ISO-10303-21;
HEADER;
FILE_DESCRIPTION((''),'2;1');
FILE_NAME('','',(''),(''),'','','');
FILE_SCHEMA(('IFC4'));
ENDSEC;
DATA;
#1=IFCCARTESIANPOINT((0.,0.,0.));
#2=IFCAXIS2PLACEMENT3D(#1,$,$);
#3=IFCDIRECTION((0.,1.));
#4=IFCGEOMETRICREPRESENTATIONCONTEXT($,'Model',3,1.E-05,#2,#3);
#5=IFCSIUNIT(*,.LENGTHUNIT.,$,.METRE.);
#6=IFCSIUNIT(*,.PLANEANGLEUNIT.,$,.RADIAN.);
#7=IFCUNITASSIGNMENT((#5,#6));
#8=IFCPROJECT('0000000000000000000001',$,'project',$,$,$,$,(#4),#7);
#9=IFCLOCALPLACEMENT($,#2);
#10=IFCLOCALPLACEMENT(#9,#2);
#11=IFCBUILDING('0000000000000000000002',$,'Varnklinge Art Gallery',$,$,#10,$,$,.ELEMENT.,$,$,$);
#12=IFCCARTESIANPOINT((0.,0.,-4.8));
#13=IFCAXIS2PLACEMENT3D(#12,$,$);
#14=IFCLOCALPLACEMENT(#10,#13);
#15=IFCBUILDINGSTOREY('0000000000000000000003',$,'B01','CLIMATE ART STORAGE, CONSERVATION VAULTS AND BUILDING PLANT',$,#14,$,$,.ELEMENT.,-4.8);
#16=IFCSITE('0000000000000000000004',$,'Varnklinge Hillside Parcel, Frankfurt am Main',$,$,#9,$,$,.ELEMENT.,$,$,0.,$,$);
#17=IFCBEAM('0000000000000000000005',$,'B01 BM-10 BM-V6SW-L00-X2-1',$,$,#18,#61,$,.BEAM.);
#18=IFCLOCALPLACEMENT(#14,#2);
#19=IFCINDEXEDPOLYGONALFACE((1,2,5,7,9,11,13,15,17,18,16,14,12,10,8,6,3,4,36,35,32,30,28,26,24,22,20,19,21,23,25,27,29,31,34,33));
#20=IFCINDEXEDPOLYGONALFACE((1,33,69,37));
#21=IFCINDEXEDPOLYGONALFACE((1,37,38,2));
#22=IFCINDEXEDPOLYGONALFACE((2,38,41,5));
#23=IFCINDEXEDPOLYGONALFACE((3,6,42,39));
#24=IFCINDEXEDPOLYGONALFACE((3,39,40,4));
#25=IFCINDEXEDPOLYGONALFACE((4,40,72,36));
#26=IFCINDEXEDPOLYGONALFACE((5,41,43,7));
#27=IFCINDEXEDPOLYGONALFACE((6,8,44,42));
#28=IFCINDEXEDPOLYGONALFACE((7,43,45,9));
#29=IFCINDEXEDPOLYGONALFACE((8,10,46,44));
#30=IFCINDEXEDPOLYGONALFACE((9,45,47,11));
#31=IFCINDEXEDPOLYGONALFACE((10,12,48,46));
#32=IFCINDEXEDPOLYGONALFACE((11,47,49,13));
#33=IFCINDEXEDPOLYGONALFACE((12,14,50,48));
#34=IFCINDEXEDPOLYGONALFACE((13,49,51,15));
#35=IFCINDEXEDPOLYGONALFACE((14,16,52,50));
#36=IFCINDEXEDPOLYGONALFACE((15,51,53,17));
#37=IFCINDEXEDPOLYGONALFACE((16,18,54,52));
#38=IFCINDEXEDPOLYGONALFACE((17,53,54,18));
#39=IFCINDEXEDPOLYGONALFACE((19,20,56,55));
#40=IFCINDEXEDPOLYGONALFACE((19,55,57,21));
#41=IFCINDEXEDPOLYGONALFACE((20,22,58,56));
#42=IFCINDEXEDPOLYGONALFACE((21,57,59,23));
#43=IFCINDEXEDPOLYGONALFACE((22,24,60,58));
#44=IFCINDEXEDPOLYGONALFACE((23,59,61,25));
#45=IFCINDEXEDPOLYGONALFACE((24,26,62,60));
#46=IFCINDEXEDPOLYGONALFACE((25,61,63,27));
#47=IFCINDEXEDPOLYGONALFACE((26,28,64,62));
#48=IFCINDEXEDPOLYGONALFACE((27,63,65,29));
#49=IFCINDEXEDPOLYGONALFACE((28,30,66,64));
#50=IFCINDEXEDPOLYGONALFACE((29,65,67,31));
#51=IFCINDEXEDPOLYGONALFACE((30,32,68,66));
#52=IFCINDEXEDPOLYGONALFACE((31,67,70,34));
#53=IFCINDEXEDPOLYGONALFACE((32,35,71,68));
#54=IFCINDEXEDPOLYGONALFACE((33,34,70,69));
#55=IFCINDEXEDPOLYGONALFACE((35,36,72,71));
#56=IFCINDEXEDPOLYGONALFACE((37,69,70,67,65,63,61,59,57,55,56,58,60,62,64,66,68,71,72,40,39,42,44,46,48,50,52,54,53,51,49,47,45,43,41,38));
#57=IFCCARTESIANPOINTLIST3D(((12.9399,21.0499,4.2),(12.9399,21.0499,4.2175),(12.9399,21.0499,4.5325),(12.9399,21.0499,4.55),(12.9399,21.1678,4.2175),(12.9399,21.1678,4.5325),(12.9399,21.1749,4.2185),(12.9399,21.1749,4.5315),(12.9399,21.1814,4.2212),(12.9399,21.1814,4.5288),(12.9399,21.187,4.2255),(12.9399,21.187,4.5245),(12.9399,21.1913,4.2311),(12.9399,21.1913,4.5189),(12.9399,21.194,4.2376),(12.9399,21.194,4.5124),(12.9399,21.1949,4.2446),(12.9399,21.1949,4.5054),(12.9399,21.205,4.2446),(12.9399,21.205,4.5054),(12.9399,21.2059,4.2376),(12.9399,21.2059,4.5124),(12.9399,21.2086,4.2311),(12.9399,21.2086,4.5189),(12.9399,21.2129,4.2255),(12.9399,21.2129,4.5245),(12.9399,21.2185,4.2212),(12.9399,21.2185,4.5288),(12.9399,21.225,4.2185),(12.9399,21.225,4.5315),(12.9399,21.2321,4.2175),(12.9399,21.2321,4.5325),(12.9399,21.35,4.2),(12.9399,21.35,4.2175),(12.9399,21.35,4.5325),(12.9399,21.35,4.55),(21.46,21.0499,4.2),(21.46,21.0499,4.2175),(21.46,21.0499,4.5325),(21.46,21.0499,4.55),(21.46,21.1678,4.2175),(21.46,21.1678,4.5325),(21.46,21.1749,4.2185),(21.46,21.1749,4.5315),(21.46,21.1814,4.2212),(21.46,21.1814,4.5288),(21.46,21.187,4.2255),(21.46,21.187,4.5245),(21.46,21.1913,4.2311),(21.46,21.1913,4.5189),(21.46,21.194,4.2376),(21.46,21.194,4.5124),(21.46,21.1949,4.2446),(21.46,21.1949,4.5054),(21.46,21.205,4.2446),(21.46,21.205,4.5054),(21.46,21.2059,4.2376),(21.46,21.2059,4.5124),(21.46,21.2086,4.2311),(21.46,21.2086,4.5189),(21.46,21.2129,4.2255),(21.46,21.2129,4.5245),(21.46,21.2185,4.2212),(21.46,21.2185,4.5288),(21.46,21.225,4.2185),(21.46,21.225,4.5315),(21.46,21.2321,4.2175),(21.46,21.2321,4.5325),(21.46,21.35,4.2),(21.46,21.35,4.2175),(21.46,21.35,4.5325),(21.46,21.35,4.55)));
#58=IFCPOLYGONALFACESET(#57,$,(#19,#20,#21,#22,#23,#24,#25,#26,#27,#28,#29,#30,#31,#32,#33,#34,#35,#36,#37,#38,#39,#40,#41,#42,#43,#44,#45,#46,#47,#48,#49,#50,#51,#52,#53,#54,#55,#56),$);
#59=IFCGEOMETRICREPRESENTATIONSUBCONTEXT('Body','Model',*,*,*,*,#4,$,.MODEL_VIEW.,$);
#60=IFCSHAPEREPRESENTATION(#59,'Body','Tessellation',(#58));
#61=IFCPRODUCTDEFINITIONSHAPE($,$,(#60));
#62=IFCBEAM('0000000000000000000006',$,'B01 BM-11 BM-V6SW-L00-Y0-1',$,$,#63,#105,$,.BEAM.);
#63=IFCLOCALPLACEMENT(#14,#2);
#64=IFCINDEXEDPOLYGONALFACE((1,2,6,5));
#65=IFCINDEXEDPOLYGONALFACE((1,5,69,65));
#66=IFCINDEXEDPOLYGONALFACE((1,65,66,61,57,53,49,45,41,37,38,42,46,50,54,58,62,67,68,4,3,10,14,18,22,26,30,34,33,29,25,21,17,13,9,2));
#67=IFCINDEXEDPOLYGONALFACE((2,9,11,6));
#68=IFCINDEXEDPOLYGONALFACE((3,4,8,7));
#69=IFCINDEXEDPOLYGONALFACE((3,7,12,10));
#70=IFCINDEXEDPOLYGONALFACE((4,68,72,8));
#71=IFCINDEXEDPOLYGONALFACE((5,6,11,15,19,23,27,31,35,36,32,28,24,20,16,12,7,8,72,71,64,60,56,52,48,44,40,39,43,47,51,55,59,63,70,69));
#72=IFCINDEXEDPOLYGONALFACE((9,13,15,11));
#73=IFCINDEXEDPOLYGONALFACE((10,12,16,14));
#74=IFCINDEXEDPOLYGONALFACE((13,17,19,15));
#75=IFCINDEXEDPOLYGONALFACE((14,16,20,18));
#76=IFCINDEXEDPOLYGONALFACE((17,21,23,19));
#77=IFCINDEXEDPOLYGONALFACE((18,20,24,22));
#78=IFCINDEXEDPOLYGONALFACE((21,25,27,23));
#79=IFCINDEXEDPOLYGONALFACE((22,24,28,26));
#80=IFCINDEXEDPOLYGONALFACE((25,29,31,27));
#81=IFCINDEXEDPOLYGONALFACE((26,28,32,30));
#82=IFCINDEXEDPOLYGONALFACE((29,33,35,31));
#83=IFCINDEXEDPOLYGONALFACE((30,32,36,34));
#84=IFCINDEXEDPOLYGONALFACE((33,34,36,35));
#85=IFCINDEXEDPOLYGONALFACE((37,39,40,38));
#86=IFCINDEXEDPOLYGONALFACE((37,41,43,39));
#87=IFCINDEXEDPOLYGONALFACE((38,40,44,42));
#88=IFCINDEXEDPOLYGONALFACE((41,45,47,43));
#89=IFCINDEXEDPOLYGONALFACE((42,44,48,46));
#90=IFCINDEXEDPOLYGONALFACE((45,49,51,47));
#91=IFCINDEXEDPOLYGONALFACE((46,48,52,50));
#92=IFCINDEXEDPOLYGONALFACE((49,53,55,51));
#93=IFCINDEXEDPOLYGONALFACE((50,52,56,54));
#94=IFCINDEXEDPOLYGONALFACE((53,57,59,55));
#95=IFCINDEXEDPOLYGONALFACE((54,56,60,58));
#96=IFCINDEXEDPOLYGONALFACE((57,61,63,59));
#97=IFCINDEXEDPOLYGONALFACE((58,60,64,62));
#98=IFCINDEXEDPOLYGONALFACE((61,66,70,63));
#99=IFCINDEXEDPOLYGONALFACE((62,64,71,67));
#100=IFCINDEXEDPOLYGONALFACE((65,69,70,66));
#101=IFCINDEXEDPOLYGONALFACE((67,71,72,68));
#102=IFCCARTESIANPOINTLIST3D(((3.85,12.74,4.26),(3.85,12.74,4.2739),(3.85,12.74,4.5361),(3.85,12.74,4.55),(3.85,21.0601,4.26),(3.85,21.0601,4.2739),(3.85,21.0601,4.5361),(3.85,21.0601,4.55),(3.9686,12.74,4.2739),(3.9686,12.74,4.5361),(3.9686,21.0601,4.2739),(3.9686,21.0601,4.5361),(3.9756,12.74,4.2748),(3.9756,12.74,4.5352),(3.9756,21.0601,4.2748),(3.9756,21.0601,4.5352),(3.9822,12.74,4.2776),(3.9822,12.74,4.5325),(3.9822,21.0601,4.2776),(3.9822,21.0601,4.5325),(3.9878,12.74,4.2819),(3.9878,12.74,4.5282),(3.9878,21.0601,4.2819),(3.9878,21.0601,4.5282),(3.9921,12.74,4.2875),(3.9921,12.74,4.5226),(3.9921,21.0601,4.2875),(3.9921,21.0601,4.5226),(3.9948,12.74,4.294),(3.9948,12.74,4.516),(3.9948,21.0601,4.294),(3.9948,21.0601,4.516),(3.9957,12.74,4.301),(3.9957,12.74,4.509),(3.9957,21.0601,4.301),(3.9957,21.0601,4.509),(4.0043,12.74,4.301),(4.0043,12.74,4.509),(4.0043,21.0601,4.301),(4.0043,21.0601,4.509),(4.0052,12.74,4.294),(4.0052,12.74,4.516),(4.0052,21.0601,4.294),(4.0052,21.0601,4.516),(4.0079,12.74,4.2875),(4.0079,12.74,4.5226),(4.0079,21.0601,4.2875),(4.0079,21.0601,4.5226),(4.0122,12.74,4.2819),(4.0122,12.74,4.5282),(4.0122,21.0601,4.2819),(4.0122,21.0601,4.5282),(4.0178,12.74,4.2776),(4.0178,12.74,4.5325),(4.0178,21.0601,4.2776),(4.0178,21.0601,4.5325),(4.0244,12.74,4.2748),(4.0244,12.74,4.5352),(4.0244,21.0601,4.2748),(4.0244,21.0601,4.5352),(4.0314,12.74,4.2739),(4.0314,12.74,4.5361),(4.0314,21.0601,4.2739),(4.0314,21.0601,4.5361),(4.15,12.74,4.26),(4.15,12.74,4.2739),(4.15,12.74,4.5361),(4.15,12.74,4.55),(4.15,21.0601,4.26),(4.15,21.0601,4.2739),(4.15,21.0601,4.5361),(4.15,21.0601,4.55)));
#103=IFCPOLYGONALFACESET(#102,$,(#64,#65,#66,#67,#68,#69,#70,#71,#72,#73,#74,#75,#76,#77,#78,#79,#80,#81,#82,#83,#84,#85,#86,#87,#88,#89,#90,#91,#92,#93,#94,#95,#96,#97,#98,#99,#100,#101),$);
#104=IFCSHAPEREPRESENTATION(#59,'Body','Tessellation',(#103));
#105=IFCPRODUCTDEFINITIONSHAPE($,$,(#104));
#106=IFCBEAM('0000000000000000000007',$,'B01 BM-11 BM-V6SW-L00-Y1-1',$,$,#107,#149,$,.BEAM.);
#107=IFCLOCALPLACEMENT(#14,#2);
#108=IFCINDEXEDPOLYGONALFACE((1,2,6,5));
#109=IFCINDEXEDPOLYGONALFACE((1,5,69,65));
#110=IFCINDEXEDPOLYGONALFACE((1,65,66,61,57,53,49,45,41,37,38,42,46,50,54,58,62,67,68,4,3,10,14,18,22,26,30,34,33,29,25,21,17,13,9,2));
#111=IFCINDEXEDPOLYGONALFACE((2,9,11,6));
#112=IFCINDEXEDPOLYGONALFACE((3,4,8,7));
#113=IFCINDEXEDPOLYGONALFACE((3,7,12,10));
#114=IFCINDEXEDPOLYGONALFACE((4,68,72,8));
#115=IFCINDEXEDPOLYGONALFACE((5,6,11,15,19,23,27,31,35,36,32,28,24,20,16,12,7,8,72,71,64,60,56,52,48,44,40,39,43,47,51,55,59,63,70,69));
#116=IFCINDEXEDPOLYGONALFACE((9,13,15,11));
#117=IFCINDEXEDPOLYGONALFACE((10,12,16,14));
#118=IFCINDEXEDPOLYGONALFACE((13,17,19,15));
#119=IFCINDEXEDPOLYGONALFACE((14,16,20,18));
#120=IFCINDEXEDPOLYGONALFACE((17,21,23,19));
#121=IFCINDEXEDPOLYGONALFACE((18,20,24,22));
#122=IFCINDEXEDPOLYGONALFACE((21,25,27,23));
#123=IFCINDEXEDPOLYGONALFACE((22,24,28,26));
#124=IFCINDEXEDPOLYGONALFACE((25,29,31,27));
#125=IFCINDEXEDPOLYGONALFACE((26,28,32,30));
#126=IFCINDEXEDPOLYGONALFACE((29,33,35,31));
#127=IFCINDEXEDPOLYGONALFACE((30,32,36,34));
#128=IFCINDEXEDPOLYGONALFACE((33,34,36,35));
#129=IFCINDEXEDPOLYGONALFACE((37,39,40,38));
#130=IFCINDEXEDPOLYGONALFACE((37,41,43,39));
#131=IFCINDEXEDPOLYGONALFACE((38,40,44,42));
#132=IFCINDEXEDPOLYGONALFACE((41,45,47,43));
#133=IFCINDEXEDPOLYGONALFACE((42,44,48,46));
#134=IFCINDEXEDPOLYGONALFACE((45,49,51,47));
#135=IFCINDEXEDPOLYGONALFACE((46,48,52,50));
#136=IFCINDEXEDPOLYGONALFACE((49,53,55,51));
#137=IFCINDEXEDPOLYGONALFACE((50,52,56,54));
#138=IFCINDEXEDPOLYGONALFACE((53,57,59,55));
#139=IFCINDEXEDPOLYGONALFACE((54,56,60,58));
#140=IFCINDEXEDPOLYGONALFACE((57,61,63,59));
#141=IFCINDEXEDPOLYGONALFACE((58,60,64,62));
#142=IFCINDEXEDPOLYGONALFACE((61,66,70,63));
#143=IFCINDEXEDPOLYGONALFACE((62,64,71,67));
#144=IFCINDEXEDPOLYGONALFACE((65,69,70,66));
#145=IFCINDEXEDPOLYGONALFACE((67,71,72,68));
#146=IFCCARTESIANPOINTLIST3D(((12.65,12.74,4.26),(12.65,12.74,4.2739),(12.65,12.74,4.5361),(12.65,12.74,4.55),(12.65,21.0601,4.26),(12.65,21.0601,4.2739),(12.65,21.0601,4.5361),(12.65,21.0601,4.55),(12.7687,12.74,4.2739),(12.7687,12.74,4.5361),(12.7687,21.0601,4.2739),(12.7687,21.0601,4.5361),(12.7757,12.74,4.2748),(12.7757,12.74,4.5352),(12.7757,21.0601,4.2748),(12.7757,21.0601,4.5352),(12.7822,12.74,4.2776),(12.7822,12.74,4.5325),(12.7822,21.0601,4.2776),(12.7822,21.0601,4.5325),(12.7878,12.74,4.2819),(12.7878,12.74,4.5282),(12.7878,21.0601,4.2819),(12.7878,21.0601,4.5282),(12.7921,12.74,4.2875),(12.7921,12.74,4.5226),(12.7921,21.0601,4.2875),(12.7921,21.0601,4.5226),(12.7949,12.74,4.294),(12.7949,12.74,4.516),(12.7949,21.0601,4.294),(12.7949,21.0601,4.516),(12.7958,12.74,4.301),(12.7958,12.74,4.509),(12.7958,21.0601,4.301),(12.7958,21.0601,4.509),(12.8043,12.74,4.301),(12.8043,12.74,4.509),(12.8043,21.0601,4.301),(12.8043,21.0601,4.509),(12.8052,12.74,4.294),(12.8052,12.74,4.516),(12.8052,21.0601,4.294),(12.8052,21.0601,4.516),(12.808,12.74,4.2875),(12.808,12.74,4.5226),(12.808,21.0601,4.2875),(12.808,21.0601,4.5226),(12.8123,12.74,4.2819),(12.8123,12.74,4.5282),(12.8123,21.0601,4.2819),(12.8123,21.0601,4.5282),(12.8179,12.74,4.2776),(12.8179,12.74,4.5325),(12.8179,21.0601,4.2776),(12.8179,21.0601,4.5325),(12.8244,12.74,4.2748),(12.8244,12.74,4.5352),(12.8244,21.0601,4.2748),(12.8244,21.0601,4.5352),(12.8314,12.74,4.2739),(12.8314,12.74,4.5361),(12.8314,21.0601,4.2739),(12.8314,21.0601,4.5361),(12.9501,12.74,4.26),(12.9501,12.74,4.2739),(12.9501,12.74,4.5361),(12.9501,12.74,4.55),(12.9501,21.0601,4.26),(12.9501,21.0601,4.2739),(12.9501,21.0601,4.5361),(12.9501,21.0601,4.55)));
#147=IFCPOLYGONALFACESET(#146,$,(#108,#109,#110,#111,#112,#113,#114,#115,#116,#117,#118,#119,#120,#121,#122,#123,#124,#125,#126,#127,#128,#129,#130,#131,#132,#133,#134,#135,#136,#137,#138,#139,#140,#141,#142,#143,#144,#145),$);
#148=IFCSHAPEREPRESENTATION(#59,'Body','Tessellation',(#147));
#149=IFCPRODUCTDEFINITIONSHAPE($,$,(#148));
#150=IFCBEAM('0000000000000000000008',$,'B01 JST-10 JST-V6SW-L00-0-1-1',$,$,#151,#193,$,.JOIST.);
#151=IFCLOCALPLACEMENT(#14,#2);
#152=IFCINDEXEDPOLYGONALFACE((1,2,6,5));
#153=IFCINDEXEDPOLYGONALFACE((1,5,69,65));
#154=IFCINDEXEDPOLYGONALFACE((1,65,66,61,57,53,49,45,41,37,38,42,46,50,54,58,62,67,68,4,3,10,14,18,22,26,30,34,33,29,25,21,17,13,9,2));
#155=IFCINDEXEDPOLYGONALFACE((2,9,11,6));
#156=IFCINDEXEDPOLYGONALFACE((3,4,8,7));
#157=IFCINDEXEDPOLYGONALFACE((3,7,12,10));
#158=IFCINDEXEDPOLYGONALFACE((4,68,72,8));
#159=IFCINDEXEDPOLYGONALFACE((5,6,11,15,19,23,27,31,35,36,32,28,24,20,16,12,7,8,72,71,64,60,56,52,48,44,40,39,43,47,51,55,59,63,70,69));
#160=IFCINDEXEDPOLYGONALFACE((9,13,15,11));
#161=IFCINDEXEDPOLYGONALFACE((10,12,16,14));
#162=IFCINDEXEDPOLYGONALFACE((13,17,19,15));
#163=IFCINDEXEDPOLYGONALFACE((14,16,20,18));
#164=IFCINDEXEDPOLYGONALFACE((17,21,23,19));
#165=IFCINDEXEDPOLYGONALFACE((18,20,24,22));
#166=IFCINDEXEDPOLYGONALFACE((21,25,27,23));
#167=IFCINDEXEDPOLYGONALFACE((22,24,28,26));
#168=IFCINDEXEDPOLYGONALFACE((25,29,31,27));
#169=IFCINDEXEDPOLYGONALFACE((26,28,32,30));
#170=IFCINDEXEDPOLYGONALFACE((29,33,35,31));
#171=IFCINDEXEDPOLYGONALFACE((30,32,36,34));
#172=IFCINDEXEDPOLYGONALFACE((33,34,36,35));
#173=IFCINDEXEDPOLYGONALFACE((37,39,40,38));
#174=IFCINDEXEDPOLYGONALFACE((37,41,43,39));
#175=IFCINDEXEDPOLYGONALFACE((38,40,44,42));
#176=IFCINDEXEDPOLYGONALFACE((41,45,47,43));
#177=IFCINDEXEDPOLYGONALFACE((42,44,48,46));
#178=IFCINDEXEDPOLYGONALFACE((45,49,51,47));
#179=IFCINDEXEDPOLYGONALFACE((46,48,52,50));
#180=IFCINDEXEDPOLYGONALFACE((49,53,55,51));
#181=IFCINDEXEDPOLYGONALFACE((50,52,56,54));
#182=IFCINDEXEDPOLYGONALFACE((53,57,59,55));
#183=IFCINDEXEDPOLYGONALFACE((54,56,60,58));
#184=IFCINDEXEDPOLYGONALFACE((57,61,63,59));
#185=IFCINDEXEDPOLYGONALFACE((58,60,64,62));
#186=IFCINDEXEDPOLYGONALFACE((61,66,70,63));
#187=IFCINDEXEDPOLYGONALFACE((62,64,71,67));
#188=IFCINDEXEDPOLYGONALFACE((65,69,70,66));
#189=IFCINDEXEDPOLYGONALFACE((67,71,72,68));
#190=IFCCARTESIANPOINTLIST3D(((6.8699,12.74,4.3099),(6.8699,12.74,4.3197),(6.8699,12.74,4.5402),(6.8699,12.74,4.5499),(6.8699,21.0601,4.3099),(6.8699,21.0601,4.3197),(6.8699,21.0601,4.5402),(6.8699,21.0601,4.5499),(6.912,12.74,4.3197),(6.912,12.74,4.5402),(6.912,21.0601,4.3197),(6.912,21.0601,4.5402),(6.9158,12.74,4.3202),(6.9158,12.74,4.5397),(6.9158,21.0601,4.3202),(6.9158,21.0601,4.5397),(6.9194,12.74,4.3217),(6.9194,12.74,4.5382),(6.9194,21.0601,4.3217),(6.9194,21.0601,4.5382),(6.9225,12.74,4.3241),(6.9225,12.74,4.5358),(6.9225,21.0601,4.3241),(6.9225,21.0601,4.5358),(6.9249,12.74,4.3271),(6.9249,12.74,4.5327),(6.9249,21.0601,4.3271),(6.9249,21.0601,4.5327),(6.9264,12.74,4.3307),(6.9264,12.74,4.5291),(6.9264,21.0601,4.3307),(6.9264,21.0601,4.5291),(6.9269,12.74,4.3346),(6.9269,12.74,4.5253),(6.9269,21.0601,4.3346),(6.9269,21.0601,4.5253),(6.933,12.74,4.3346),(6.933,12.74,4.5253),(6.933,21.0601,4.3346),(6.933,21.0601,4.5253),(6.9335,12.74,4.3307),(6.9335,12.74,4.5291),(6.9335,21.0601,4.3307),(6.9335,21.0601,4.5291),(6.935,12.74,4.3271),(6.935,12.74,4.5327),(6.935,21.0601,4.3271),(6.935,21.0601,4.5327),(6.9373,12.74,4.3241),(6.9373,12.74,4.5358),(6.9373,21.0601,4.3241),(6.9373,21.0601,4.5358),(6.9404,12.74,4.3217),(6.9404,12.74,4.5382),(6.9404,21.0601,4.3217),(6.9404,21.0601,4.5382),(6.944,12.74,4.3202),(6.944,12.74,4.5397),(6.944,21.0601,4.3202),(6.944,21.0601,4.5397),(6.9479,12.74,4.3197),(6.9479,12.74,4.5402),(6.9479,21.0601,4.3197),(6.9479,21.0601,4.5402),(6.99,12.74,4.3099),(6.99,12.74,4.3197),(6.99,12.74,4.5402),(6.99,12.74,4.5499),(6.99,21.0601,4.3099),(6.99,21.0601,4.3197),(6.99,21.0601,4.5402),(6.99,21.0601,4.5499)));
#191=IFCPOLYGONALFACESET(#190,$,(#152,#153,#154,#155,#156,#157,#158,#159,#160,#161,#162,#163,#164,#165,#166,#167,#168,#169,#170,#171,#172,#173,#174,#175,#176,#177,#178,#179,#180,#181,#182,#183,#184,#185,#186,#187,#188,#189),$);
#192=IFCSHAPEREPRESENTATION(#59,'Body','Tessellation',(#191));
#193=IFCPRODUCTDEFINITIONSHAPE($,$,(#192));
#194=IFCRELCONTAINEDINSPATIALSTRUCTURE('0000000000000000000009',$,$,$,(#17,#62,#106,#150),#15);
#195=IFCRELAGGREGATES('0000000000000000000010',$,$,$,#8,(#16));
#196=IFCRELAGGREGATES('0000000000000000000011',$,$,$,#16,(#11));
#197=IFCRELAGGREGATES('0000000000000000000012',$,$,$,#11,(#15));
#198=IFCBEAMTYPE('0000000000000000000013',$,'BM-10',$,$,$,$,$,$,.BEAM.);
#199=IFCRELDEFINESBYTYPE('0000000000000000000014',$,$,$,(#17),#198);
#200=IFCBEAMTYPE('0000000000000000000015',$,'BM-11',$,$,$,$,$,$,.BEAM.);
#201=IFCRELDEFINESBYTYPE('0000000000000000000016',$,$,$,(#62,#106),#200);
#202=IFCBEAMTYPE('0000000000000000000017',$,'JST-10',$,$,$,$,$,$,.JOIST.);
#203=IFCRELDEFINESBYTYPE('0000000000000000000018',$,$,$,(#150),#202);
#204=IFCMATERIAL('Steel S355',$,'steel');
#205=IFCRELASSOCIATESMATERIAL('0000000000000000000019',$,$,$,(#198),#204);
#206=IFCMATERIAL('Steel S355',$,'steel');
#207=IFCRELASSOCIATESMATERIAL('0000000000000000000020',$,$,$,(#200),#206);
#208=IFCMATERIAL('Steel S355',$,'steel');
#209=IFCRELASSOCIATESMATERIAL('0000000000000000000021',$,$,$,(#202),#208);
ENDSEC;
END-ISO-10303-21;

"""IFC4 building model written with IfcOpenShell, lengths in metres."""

from ifc_helpers import new_model, si_unit, direction, frame, origin, origin_2d, place, context, subcontext, project, spatial, i_section, extrude, material, material_profile, profile_set, type_object, element, save


model = new_model("IFC4")

# Units and contexts
model_context = context("Model", 3, precision=1e-05, world=origin(), true_north=direction((0.0, 1.0)))
body_context = subcontext(model_context, "Body", "Model", "MODEL_VIEW")
ifc_project = project(units=[si_unit("LENGTHUNIT", "METRE"), si_unit("PLANEANGLEUNIT", "RADIAN")], contexts=[model_context])

# Site, building, storey
site_placement = place(None, origin())
site = spatial("IfcSite", under=ifc_project, at=site_placement, Name="Varnklinge Hillside Parcel, Frankfurt am Main", CompositionType="ELEMENT", RefElevation=0.0)
building_placement = place(site_placement, origin())
building = spatial("IfcBuilding", under=site, at=building_placement, Name="Varnklinge Art Gallery", CompositionType="ELEMENT")
storey_placement = place(building_placement, frame((0.0, 0.0, -4.8)))
storey = spatial("IfcBuildingStorey", under=building, at=storey_placement, Name="B01", Description="CLIMATE ART STORAGE, CONSERVATION VAULTS AND BUILDING PLANT", CompositionType="ELEMENT", Elevation=-4.8)

# Beams
ifc_material_1 = material(Name="Steel S355", Category="steel")
ifc_material_profile_1 = material_profile(ifc_material_1, i_section(OverallWidth=0.3, OverallDepth=0.3501, WebThickness=0.01, FlangeThickness=0.0176, FilletRadius=0.0271, at=origin_2d()), Name="HEA 360")
ifc_profile_set_1 = profile_set([ifc_material_profile_1], Name="Steel S355")
beam_type_1 = type_object("IfcBeamType", Name="BM-10", PredefinedType="BEAM", material=ifc_profile_set_1)
for number, where, z_axis, x_axis, name in (
    (1, (12.9399, 21.2, 4.375), (1.0, 0.0, 0.0), (0.0, 1.0, 0.0), "B01 BM-10 BM-V6SW-L00-X2-1"),
):
    element("IfcBeam", number, at=place(storey_placement, frame(where, z_axis=z_axis, x_axis=x_axis)), inside=storey, type_object=beam_type_1, Name=name, PredefinedType="BEAM", context=body_context, shape_type="SweptSolid", body=[
        extrude(i_section(OverallWidth=0.3, OverallDepth=0.3501, WebThickness=0.01, FlangeThickness=0.0176, FilletRadius=0.0271, at=origin_2d()), origin(), (0.0, 0.0, 1.0), 8.52),
    ])
ifc_material_2 = material(Name="Steel S355", Category="steel")
ifc_material_profile_2 = material_profile(ifc_material_2, i_section(OverallWidth=0.3, OverallDepth=0.29, WebThickness=0.0085, FlangeThickness=0.0139, FilletRadius=0.0271, at=origin_2d()), Name="HEA 300")
ifc_profile_set_2 = profile_set([ifc_material_profile_2], Name="Steel S355")
beam_type_2 = type_object("IfcBeamType", Name="BM-11", PredefinedType="BEAM", material=ifc_profile_set_2)
for number, where, z_axis, x_axis, name in (
    (2, (4.0, 12.74, 4.405), (0.0, 1.0, 0.0), (-1.0, 0.0, 0.0), "B01 BM-11 BM-V6SW-L00-Y0-1"),
    (3, (12.8, 12.74, 4.405), (0.0, 1.0, 0.0), (-1.0, 0.0, 0.0), "B01 BM-11 BM-V6SW-L00-Y1-1"),
):
    element("IfcBeam", number, at=place(storey_placement, frame(where, z_axis=z_axis, x_axis=x_axis)), inside=storey, type_object=beam_type_2, Name=name, PredefinedType="BEAM", context=body_context, shape_type="SweptSolid", body=[
        extrude(i_section(OverallWidth=0.3, OverallDepth=0.29, WebThickness=0.0085, FlangeThickness=0.0139, FilletRadius=0.0271, at=origin_2d()), origin(), (0.0, 0.0, 1.0), 8.3201),
    ])
ifc_material_3 = material(Name="Steel S355", Category="steel")
ifc_material_profile_3 = material_profile(ifc_material_3, i_section(OverallWidth=0.1201, OverallDepth=0.24, WebThickness=0.0061, FlangeThickness=0.0098, FilletRadius=0.0149, at=origin_2d()), Name="IPE 240")
ifc_profile_set_3 = profile_set([ifc_material_profile_3], Name="Steel S355")
beam_type_3 = type_object("IfcBeamType", Name="JST-10", PredefinedType="JOIST", material=ifc_profile_set_3)
for number, where, z_axis, x_axis, name in (
    (4, (6.9299, 12.74, 4.4299), (0.0, 1.0, 0.0), (-1.0, 0.0, 0.0), "B01 JST-10 JST-V6SW-L00-0-1-1"),
):
    element("IfcBeam", number, at=place(storey_placement, frame(where, z_axis=z_axis, x_axis=x_axis)), inside=storey, type_object=beam_type_3, Name=name, PredefinedType="JOIST", context=body_context, shape_type="SweptSolid", body=[
        extrude(i_section(OverallWidth=0.1201, OverallDepth=0.24, WebThickness=0.0061, FlangeThickness=0.0098, FilletRadius=0.0149, at=origin_2d()), origin(), (0.0, 0.0, 1.0), 8.3201),
    ])

save(model, "model.ifc")
